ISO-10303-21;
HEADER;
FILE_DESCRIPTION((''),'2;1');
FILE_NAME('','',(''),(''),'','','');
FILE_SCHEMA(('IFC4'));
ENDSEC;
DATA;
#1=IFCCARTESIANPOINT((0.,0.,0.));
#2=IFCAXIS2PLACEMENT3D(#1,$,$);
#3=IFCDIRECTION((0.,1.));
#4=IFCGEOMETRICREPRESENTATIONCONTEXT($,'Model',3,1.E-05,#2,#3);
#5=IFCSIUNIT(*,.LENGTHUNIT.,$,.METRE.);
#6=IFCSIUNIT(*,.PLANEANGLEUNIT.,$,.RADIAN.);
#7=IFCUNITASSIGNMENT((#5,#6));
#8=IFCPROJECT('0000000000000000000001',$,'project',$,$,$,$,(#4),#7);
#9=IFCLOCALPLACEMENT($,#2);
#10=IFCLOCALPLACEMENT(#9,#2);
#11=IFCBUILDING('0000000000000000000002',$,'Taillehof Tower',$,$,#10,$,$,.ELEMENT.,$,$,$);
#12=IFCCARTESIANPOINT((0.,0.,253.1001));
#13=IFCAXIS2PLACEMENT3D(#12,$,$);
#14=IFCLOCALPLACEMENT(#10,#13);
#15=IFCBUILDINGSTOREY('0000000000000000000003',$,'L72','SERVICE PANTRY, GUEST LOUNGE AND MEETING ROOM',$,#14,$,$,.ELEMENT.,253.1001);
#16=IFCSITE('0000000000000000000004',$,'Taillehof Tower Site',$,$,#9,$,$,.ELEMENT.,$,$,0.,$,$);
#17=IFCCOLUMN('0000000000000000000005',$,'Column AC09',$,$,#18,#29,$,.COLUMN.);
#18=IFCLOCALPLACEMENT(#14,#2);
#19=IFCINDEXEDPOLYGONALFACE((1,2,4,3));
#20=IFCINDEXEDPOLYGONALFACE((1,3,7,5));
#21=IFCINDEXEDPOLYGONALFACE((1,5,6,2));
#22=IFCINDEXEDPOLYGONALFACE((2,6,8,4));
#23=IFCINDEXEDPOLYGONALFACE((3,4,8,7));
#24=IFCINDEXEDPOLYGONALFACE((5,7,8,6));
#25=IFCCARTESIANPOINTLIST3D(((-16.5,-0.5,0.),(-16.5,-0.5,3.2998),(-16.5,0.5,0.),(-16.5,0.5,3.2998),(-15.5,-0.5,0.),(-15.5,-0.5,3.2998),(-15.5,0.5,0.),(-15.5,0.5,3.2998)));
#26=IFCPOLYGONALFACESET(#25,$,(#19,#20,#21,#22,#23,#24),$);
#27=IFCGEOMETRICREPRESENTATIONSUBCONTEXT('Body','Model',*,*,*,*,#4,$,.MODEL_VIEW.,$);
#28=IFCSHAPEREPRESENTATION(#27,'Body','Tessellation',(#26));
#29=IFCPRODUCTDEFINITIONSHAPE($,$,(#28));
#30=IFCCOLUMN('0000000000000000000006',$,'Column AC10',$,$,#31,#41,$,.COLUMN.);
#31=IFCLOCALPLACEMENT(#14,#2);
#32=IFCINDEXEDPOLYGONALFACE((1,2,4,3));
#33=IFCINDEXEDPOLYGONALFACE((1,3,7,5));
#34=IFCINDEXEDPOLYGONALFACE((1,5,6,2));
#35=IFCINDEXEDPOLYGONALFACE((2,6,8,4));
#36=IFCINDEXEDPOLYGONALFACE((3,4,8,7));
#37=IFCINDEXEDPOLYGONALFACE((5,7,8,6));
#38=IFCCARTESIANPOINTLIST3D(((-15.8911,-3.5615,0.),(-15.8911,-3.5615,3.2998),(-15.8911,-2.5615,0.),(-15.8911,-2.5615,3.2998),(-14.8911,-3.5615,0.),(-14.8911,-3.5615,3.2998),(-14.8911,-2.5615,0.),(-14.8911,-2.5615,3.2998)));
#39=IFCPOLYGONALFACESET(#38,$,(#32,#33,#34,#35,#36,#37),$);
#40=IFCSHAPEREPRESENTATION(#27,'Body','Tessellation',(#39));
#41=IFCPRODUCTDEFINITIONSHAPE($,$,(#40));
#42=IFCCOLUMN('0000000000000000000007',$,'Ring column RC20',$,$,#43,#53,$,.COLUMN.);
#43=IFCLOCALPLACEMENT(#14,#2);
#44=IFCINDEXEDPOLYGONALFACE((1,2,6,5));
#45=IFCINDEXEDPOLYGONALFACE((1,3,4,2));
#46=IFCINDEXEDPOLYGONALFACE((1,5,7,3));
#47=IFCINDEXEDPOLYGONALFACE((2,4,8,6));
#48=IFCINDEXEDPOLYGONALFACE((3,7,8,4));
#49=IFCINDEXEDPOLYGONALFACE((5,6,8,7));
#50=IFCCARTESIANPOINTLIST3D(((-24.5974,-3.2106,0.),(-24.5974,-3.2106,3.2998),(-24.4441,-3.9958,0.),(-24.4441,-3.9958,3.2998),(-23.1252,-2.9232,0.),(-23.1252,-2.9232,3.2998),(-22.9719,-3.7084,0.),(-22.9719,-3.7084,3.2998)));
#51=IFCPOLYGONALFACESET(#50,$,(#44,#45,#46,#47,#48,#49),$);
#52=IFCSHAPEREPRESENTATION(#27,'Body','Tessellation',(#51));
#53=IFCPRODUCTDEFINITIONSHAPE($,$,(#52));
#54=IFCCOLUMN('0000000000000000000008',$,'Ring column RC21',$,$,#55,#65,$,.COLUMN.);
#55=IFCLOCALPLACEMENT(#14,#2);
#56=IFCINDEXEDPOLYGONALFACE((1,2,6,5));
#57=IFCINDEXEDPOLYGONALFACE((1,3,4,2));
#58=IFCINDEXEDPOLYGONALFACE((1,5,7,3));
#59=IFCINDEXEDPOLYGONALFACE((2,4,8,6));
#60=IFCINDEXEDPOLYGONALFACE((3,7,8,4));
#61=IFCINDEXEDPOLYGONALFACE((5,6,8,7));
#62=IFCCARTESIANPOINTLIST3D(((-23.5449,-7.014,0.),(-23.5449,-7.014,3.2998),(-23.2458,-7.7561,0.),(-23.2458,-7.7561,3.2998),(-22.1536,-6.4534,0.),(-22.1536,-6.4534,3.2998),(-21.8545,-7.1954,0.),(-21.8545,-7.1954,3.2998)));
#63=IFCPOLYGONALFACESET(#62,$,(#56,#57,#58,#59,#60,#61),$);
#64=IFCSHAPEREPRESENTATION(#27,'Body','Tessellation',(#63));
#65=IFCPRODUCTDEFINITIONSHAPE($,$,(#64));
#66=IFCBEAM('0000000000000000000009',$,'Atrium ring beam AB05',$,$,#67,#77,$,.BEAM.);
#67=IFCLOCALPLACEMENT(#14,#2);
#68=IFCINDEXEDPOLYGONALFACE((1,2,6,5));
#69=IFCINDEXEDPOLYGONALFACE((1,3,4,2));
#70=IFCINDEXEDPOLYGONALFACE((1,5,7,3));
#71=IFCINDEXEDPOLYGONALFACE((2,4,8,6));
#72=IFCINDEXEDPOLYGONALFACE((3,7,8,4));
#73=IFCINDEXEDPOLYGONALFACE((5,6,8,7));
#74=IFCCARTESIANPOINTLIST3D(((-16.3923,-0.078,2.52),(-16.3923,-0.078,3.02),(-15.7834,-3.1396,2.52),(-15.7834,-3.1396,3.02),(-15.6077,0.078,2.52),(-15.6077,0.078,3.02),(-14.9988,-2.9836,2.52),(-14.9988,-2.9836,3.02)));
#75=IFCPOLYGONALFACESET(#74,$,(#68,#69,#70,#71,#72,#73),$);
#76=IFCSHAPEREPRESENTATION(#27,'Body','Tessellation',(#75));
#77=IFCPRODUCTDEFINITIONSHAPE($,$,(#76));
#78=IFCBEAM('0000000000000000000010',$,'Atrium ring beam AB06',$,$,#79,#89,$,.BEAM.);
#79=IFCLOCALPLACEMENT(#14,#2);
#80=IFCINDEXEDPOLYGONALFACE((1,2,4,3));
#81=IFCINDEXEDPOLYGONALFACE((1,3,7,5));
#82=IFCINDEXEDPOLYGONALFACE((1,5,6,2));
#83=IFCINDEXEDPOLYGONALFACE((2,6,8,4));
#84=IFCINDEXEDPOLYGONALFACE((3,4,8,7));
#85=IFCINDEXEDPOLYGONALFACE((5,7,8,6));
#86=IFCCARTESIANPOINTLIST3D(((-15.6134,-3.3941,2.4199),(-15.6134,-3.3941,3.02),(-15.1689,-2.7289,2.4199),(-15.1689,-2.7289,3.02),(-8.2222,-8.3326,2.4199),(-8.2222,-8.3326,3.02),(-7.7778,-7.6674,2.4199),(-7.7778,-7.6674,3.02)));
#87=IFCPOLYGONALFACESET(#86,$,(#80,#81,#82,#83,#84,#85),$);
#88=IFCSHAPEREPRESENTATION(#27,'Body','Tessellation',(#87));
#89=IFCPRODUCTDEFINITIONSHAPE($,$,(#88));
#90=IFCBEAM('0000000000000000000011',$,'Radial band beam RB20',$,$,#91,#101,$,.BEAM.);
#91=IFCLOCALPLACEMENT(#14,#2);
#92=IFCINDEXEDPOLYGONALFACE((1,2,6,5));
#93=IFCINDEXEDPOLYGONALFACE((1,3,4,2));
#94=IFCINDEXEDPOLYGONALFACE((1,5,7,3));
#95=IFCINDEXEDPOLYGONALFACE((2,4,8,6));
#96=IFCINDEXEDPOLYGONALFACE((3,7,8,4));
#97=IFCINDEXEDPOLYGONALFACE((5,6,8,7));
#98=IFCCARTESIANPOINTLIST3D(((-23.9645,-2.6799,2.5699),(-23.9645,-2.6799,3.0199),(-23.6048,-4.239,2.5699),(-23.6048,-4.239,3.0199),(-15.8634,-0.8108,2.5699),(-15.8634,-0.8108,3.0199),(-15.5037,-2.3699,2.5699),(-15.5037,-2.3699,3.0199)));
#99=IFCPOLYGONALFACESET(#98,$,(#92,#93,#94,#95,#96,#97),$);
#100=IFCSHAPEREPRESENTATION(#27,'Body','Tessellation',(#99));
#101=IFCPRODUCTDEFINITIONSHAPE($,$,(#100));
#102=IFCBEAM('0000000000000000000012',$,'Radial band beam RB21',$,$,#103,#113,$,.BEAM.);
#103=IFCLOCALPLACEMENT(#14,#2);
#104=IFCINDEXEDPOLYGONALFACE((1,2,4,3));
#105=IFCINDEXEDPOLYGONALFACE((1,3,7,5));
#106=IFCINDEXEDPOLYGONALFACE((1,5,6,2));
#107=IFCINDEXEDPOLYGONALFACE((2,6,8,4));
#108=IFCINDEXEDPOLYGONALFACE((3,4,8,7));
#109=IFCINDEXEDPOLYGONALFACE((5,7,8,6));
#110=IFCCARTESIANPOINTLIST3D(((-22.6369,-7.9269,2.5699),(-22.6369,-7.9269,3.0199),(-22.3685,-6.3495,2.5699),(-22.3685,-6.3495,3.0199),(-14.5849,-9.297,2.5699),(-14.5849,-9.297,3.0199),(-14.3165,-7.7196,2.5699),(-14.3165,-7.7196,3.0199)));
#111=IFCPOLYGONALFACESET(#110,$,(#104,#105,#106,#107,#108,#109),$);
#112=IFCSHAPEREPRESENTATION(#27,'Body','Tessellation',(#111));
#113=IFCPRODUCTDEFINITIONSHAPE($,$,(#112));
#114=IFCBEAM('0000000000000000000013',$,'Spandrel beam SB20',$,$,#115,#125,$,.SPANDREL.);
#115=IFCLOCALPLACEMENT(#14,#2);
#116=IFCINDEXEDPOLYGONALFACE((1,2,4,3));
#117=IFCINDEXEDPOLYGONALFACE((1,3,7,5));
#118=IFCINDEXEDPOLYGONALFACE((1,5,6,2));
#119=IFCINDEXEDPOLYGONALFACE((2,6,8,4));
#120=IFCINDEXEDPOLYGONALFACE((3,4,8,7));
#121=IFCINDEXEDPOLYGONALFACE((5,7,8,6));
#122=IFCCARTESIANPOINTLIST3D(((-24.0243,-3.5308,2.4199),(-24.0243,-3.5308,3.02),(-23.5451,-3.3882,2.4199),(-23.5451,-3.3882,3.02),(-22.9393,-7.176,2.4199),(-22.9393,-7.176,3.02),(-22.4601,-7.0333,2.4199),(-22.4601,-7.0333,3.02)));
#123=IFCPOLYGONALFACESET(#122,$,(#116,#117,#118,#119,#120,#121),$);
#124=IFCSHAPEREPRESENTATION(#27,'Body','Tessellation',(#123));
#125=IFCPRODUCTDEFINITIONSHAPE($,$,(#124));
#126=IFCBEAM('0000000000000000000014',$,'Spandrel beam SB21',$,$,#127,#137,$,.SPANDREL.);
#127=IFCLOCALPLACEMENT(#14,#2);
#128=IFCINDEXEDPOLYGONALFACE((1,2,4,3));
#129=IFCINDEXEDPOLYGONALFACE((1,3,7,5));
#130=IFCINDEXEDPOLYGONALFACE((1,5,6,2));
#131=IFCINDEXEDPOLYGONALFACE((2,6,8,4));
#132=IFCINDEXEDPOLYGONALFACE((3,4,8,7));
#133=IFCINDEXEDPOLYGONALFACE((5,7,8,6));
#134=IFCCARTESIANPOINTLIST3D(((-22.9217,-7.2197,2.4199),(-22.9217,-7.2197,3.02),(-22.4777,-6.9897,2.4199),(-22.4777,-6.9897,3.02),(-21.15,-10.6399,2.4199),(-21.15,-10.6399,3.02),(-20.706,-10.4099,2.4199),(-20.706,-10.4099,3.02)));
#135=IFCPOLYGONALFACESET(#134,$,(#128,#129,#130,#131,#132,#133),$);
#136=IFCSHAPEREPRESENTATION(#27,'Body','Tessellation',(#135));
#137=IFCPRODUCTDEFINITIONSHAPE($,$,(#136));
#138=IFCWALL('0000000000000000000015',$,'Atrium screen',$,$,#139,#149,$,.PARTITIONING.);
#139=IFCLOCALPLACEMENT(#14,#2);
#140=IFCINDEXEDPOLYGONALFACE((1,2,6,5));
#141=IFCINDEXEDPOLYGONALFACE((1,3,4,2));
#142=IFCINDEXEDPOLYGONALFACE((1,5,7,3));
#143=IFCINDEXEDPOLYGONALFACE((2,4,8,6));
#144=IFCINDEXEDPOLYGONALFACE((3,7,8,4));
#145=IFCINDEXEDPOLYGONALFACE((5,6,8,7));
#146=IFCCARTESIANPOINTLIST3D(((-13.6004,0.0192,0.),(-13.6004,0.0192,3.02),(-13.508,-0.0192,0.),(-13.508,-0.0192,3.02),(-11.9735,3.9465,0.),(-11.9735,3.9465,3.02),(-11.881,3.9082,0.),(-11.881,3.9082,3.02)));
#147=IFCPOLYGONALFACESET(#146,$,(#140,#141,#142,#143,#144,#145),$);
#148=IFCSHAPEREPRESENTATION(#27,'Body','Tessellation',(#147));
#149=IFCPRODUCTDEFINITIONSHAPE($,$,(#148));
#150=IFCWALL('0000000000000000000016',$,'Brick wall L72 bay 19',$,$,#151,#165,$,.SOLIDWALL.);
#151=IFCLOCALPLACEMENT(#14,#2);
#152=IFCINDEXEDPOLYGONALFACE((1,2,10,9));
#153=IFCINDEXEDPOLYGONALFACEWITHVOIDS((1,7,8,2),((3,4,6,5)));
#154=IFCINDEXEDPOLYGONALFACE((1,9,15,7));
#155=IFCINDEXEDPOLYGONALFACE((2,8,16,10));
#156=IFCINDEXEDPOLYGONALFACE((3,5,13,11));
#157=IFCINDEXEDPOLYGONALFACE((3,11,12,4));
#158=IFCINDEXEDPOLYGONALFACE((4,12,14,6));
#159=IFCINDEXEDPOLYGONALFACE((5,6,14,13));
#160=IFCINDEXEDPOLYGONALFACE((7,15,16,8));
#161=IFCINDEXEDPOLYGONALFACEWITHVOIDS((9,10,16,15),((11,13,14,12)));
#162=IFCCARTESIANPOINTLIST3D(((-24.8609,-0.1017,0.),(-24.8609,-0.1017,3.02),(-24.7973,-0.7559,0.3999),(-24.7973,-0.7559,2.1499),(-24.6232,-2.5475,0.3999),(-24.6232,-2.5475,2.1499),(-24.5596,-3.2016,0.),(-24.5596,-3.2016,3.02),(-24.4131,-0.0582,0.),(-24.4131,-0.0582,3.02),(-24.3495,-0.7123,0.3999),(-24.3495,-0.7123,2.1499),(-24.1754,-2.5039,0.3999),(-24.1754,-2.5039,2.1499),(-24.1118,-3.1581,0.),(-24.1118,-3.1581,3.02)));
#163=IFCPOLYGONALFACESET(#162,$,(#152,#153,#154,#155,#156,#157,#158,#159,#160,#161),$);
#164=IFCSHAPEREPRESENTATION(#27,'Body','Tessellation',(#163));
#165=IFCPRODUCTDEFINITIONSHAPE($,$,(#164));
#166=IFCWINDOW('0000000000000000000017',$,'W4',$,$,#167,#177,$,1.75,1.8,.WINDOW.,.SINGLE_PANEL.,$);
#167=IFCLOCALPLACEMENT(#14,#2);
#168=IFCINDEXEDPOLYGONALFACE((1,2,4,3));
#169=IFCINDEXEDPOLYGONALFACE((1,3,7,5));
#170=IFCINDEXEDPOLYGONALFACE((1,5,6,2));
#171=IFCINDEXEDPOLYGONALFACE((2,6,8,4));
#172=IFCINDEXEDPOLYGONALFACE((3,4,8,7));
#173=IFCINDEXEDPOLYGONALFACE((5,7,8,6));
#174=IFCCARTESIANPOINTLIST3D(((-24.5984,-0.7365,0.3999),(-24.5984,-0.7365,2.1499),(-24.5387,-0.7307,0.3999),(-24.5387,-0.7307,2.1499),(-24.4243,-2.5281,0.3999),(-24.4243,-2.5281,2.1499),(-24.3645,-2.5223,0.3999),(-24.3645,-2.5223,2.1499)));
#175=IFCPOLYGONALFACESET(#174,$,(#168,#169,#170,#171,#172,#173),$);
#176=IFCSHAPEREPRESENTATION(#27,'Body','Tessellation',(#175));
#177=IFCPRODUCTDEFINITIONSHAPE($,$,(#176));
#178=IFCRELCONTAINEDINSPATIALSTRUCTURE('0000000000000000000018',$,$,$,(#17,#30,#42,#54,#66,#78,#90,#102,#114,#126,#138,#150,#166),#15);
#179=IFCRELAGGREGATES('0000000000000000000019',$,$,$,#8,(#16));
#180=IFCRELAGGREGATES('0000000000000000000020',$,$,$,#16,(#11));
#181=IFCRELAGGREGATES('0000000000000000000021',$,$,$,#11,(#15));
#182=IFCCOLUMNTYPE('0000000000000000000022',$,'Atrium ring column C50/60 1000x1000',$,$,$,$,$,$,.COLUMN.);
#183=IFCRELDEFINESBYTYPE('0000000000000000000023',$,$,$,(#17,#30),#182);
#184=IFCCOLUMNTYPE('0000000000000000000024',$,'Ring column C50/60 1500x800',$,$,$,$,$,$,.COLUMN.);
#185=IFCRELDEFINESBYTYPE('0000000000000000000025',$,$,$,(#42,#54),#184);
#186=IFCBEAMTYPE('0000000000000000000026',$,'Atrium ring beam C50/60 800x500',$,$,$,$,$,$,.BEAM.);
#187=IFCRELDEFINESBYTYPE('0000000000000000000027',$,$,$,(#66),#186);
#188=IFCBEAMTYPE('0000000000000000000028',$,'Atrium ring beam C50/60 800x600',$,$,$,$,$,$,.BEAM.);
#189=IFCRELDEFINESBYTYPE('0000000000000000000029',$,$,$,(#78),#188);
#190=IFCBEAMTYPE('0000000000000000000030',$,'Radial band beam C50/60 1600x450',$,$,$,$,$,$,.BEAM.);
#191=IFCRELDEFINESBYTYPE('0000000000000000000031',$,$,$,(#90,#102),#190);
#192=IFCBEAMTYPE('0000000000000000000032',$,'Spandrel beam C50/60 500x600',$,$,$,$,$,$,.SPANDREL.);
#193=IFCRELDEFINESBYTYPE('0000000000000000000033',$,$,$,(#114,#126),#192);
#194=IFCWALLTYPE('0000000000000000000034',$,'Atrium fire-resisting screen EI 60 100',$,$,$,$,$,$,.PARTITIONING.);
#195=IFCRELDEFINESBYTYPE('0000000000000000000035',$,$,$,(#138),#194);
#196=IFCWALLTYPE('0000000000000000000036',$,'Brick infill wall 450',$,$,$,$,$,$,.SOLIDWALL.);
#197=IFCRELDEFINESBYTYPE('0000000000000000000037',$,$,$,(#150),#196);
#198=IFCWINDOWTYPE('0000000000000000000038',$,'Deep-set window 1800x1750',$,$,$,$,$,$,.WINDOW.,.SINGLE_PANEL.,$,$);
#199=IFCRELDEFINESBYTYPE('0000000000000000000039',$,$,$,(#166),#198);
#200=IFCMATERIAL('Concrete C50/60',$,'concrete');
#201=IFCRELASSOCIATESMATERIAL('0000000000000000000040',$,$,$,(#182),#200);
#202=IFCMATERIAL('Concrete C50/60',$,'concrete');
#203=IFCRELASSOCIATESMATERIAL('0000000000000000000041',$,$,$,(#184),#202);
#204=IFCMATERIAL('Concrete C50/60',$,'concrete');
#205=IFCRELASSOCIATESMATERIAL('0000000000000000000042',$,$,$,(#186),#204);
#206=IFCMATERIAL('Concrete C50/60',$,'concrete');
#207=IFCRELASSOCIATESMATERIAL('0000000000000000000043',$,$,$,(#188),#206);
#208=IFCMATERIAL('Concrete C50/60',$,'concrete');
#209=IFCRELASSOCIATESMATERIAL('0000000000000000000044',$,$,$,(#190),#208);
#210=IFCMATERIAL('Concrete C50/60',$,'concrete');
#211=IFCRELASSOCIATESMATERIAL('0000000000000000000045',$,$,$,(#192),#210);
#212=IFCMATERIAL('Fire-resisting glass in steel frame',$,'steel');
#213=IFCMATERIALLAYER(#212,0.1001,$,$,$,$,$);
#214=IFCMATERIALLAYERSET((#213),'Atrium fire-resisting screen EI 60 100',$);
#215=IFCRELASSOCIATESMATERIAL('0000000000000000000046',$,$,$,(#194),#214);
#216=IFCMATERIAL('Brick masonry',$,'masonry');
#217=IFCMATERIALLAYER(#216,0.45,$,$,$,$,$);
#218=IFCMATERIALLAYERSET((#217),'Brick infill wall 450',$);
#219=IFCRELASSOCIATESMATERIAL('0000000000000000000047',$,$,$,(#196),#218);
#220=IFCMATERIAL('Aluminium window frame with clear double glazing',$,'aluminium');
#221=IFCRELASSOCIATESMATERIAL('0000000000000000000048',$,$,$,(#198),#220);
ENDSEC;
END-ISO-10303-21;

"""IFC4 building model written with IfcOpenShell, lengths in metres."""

from ifc_helpers import new_model, si_unit, direction, frame, frame_2d, origin, origin_2d, place, context, subcontext, project, spatial, rectangle, extrude, material, layer, layer_set, material_profile, profile_set, type_object, element, fill, save


model = new_model("IFC4")

# Units and contexts
model_context = context("Model", 3, precision=1e-05, world=origin(), true_north=direction((0.0, 1.0)))
body_context = subcontext(model_context, "Body", "Model", "MODEL_VIEW")
ifc_project = project(units=[si_unit("LENGTHUNIT", "METRE"), si_unit("PLANEANGLEUNIT", "RADIAN")], contexts=[model_context])

# Site, building, storey
site_placement = place(None, origin())
site = spatial("IfcSite", under=ifc_project, at=site_placement, Name="Taillehof Tower Site", CompositionType="ELEMENT", RefElevation=0.0)
building_placement = place(site_placement, origin())
building = spatial("IfcBuilding", under=site, at=building_placement, Name="Taillehof Tower", CompositionType="ELEMENT")
storey_placement = place(building_placement, frame((0.0, 0.0, 253.1001)))
storey = spatial("IfcBuildingStorey", under=building, at=storey_placement, Name="L72", Description="SERVICE PANTRY, GUEST LOUNGE AND MEETING ROOM", CompositionType="ELEMENT", Elevation=253.1001)

# Columns
ifc_material_1 = material(Name="Concrete C50/60", Category="concrete")
ifc_material_profile_1 = material_profile(ifc_material_1, rectangle(XDim=1.0, YDim=1.0, at=origin_2d()), Name="RC 1000x1000")
ifc_profile_set_1 = profile_set([ifc_material_profile_1], Name="Concrete C50/60")
column_type_1 = type_object("IfcColumnType", Name="Atrium ring column C50/60 1000x1000", PredefinedType="COLUMN", material=ifc_profile_set_1)
for number, where, z_axis, x_axis, name in (
    (1, (-16.0, 0.0, 0.0), (0.0, 0.0, 1.0), (1.0, 0.0, 0.0), "Column AC09"),
    (2, (-15.3911, -3.0615, 0.0), (0.0, 0.0, 1.0), (1.0, 0.0, 0.0), "Column AC10"),
):
    element("IfcColumn", number, at=place(storey_placement, frame(where, z_axis=z_axis, x_axis=x_axis)), inside=storey, type_object=column_type_1, Name=name, PredefinedType="COLUMN", context=body_context, shape_type="SweptSolid", body=[
        extrude(rectangle(XDim=1.0, YDim=1.0, at=origin_2d()), origin(), (0.0, 0.0, 1.0), 3.2998),
    ])
ifc_material_2 = material(Name="Concrete C50/60", Category="concrete")
ifc_material_profile_2 = material_profile(ifc_material_2, rectangle(XDim=1.5, YDim=0.8, at=origin_2d()), Name="RC 1500x800")
ifc_profile_set_2 = profile_set([ifc_material_profile_2], Name="Concrete C50/60")
column_type_2 = type_object("IfcColumnType", Name="Ring column C50/60 1500x800", PredefinedType="COLUMN", material=ifc_profile_set_2)
for number, where, z_axis, x_axis, name in (
    (3, (-23.7847, -3.4595, 0.0), (0.0, 0.0, 1.0), (-0.981473, -0.191602, 0.0), "Ring column RC20"),
    (4, (-22.6997, -7.1047, 0.0), (0.0, 0.0, 1.0), (-0.927525, -0.373762, 0.0), "Ring column RC21"),
):
    element("IfcColumn", number, at=place(storey_placement, frame(where, z_axis=z_axis, x_axis=x_axis)), inside=storey, type_object=column_type_2, Name=name, PredefinedType="COLUMN", context=body_context, shape_type="SweptSolid", body=[
        extrude(rectangle(XDim=1.5, YDim=0.8, at=origin_2d()), origin(), (0.0, 0.0, 1.0), 3.2998),
    ])

# Beams
ifc_material_3 = material(Name="Concrete C50/60", Category="concrete")
ifc_material_profile_3 = material_profile(ifc_material_3, rectangle(XDim=0.8, YDim=0.5, at=origin_2d()), Name="RC 800x500")
ifc_profile_set_3 = profile_set([ifc_material_profile_3], Name="Concrete C50/60")
beam_type_1 = type_object("IfcBeamType", Name="Atrium ring beam C50/60 800x500", PredefinedType="BEAM", material=ifc_profile_set_3)
beam_1_placement = place(storey_placement, frame((-16.0, 0.0, 2.77), z_axis=(0.195063, -0.980791, 0.0), x_axis=(0.980791, 0.195063, 0.0)))
element("IfcBeam", 5, at=beam_1_placement, inside=storey, type_object=beam_type_1, Name="Atrium ring beam AB05", PredefinedType="BEAM", context=body_context, shape_type="SweptSolid", body=[
    extrude(rectangle(XDim=0.8, YDim=0.5, at=origin_2d()), origin(), (0.0, 0.0, 1.0), 3.1216),
])
ifc_material_4 = material(Name="Concrete C50/60", Category="concrete")
ifc_material_profile_4 = material_profile(ifc_material_4, rectangle(XDim=0.8, YDim=0.6001, at=origin_2d()), Name="RC 800x600")
ifc_profile_set_4 = profile_set([ifc_material_profile_4], Name="Concrete C50/60")
beam_type_2 = type_object("IfcBeamType", Name="Atrium ring beam C50/60 800x600", PredefinedType="BEAM", material=ifc_profile_set_4)
beam_2_placement = place(storey_placement, frame((-15.3911, -3.0615, 2.72), z_axis=(0.831475, -0.555562, 0.0), x_axis=(0.555562, 0.831475, 0.0)))
element("IfcBeam", 6, at=beam_2_placement, inside=storey, type_object=beam_type_2, Name="Atrium ring beam AB06", PredefinedType="BEAM", context=body_context, shape_type="SweptSolid", body=[
    extrude(rectangle(XDim=0.8, YDim=0.6001, at=origin_2d()), origin(), (0.0, 0.0, 1.0), 8.8892),
])
ifc_material_5 = material(Name="Concrete C50/60", Category="concrete")
ifc_material_profile_5 = material_profile(ifc_material_5, rectangle(XDim=1.6001, YDim=0.45, at=origin_2d()), Name="RC 1600x450")
ifc_profile_set_5 = profile_set([ifc_material_profile_5], Name="Concrete C50/60")
beam_type_3 = type_object("IfcBeamType", Name="Radial band beam C50/60 1600x450", PredefinedType="BEAM", material=ifc_profile_set_5)
beam_3_placement = place(storey_placement, frame((-23.7847, -3.4595, 2.7949), z_axis=(0.9744, 0.224821, 0.0), x_axis=(-0.224821, 0.9744, 0.0)))
element("IfcBeam", 7, at=beam_3_placement, inside=storey, type_object=beam_type_3, Name="Radial band beam RB20", PredefinedType="BEAM", context=body_context, shape_type="SweptSolid", body=[
    extrude(rectangle(XDim=1.6001, YDim=0.45, at=origin_2d()), origin(), (0.0, 0.0, 1.0), 8.314),
])
beam_4_placement = place(storey_placement, frame((-22.5027, -7.1382, 2.7949), z_axis=(0.98583, -0.167747, 0.0), x_axis=(0.167747, 0.98583, 0.0)))
element("IfcBeam", 8, at=beam_4_placement, inside=storey, type_object=beam_type_3, Name="Radial band beam RB21", PredefinedType="BEAM", context=body_context, shape_type="SweptSolid", body=[
    extrude(rectangle(XDim=1.6001, YDim=0.45, at=origin_2d()), origin(), (0.0, 0.0, 1.0), 8.1677),
])
ifc_material_6 = material(Name="Concrete C50/60", Category="concrete")
ifc_material_profile_6 = material_profile(ifc_material_6, rectangle(XDim=0.5, YDim=0.6001, at=origin_2d()), Name="RC 500x600")
ifc_profile_set_6 = profile_set([ifc_material_profile_6], Name="Concrete C50/60")
beam_type_4 = type_object("IfcBeamType", Name="Spandrel beam C50/60 500x600", PredefinedType="SPANDREL", material=ifc_profile_set_6)
beam_5_placement = place(storey_placement, frame((-23.7847, -3.4595, 2.72), z_axis=(0.285268, -0.958448, 0.0), x_axis=(0.958448, 0.285268, 0.0)))
element("IfcBeam", 9, at=beam_5_placement, inside=storey, type_object=beam_type_4, Name="Spandrel beam SB20", PredefinedType="SPANDREL", context=body_context, shape_type="SweptSolid", body=[
    extrude(rectangle(XDim=0.5, YDim=0.6001, at=origin_2d()), origin(), (0.0, 0.0, 1.0), 3.8032),
])
beam_6_placement = place(storey_placement, frame((-22.6997, -7.1047, 2.72), z_axis=(0.459971, -0.887934, 0.0), x_axis=(0.887934, 0.459971, 0.0)))
element("IfcBeam", 10, at=beam_6_placement, inside=storey, type_object=beam_type_4, Name="Spandrel beam SB21", PredefinedType="SPANDREL", context=body_context, shape_type="SweptSolid", body=[
    extrude(rectangle(XDim=0.5, YDim=0.6001, at=origin_2d()), origin(), (0.0, 0.0, 1.0), 3.8518),
])

# Wall
ifc_material_7 = material(Name="Fire-resisting glass in steel frame", Category="steel")
ifc_layer_1 = layer(ifc_material_7, 0.1001)
ifc_layer_set_1 = layer_set([ifc_layer_1], Name="Atrium fire-resisting screen EI 60 100")
wall_type_1 = type_object("IfcWallType", Name="Atrium fire-resisting screen EI 60 100", PredefinedType="PARTITIONING", material=ifc_layer_set_1)
wall_1_placement = place(storey_placement, frame((-13.5542, 0.0, 0.0), z_axis=(0.0, 0.0, 1.0), x_axis=(0.382731, 0.92386, 0.0)))
element("IfcWall", 11, at=wall_1_placement, inside=storey, type_object=wall_type_1, Name="Atrium screen", PredefinedType="PARTITIONING", context=body_context, shape_type="SweptSolid", body=[
    extrude(rectangle(XDim=4.251, YDim=0.1001, at=frame_2d((2.1255, 0.0))), origin(), (0.0, 0.0, 1.0), 3.02),
])

# Wall, opening, window
ifc_material_8 = material(Name="Brick masonry", Category="masonry")
ifc_layer_2 = layer(ifc_material_8, 0.45)
ifc_layer_set_2 = layer_set([ifc_layer_2], Name="Brick infill wall 450")
wall_type_2 = type_object("IfcWallType", Name="Brick infill wall 450", PredefinedType="SOLIDWALL", material=ifc_layer_set_2)
wall_2_placement = place(storey_placement, frame((-24.637, -0.0801, 0.0), z_axis=(0.0, 0.0, 1.0), x_axis=(0.096733, -0.99531, 0.0)))
wall_2 = element("IfcWall", 12, at=wall_2_placement, inside=storey, type_object=wall_type_2, Name="Brick wall L72 bay 19", PredefinedType="SOLIDWALL", context=body_context, shape_type="SweptSolid", body=[
    extrude(rectangle(XDim=3.1145, YDim=0.45, at=frame_2d((1.5571, 0.0))), origin(), (0.0, 0.0, 1.0), 3.02),
])
opening_1_placement = place(wall_2_placement, frame((0.6572, 0.0, 0.3999)))
opening_1 = element("IfcOpeningElement", 13, at=opening_1_placement, cuts=wall_2, PredefinedType="OPENING", context=body_context, shape_type="SweptSolid", body=[
    extrude(rectangle(XDim=1.8, YDim=1.75, at=frame_2d((0.8999, 0.875))), frame((0.0, 0.2349, 0.0), z_axis=(0.0, -1.0, 0.0), x_axis=(1.0, 0.0, 0.0)), (0.0, 0.0, 1.0), 0.47),
])
ifc_material_9 = material(Name="Aluminium window frame with clear double glazing", Category="aluminium")
window_type = type_object("IfcWindowType", Name="Deep-set window 1800x1750", PartitioningType="SINGLE_PANEL", PredefinedType="WINDOW", material=ifc_material_9)
window_1_placement = place(opening_1_placement, origin())
window_1 = element("IfcWindow", 14, at=window_1_placement, inside=storey, type_object=window_type, Name="W4", OverallHeight=1.75, OverallWidth=1.8, PartitioningType="SINGLE_PANEL", PredefinedType="WINDOW", context=body_context, shape_type="SweptSolid", body=[
    extrude(rectangle(XDim=1.8, YDim=1.75, at=frame_2d((0.8999, 0.875))), frame((0.0, 0.0349, 0.0), z_axis=(0.0, -1.0, 0.0), x_axis=(1.0, 0.0, 0.0)), (0.0, 0.0, 1.0), 0.0601),
])
fill(opening_1, window_1)

save(model, "model.ifc")
